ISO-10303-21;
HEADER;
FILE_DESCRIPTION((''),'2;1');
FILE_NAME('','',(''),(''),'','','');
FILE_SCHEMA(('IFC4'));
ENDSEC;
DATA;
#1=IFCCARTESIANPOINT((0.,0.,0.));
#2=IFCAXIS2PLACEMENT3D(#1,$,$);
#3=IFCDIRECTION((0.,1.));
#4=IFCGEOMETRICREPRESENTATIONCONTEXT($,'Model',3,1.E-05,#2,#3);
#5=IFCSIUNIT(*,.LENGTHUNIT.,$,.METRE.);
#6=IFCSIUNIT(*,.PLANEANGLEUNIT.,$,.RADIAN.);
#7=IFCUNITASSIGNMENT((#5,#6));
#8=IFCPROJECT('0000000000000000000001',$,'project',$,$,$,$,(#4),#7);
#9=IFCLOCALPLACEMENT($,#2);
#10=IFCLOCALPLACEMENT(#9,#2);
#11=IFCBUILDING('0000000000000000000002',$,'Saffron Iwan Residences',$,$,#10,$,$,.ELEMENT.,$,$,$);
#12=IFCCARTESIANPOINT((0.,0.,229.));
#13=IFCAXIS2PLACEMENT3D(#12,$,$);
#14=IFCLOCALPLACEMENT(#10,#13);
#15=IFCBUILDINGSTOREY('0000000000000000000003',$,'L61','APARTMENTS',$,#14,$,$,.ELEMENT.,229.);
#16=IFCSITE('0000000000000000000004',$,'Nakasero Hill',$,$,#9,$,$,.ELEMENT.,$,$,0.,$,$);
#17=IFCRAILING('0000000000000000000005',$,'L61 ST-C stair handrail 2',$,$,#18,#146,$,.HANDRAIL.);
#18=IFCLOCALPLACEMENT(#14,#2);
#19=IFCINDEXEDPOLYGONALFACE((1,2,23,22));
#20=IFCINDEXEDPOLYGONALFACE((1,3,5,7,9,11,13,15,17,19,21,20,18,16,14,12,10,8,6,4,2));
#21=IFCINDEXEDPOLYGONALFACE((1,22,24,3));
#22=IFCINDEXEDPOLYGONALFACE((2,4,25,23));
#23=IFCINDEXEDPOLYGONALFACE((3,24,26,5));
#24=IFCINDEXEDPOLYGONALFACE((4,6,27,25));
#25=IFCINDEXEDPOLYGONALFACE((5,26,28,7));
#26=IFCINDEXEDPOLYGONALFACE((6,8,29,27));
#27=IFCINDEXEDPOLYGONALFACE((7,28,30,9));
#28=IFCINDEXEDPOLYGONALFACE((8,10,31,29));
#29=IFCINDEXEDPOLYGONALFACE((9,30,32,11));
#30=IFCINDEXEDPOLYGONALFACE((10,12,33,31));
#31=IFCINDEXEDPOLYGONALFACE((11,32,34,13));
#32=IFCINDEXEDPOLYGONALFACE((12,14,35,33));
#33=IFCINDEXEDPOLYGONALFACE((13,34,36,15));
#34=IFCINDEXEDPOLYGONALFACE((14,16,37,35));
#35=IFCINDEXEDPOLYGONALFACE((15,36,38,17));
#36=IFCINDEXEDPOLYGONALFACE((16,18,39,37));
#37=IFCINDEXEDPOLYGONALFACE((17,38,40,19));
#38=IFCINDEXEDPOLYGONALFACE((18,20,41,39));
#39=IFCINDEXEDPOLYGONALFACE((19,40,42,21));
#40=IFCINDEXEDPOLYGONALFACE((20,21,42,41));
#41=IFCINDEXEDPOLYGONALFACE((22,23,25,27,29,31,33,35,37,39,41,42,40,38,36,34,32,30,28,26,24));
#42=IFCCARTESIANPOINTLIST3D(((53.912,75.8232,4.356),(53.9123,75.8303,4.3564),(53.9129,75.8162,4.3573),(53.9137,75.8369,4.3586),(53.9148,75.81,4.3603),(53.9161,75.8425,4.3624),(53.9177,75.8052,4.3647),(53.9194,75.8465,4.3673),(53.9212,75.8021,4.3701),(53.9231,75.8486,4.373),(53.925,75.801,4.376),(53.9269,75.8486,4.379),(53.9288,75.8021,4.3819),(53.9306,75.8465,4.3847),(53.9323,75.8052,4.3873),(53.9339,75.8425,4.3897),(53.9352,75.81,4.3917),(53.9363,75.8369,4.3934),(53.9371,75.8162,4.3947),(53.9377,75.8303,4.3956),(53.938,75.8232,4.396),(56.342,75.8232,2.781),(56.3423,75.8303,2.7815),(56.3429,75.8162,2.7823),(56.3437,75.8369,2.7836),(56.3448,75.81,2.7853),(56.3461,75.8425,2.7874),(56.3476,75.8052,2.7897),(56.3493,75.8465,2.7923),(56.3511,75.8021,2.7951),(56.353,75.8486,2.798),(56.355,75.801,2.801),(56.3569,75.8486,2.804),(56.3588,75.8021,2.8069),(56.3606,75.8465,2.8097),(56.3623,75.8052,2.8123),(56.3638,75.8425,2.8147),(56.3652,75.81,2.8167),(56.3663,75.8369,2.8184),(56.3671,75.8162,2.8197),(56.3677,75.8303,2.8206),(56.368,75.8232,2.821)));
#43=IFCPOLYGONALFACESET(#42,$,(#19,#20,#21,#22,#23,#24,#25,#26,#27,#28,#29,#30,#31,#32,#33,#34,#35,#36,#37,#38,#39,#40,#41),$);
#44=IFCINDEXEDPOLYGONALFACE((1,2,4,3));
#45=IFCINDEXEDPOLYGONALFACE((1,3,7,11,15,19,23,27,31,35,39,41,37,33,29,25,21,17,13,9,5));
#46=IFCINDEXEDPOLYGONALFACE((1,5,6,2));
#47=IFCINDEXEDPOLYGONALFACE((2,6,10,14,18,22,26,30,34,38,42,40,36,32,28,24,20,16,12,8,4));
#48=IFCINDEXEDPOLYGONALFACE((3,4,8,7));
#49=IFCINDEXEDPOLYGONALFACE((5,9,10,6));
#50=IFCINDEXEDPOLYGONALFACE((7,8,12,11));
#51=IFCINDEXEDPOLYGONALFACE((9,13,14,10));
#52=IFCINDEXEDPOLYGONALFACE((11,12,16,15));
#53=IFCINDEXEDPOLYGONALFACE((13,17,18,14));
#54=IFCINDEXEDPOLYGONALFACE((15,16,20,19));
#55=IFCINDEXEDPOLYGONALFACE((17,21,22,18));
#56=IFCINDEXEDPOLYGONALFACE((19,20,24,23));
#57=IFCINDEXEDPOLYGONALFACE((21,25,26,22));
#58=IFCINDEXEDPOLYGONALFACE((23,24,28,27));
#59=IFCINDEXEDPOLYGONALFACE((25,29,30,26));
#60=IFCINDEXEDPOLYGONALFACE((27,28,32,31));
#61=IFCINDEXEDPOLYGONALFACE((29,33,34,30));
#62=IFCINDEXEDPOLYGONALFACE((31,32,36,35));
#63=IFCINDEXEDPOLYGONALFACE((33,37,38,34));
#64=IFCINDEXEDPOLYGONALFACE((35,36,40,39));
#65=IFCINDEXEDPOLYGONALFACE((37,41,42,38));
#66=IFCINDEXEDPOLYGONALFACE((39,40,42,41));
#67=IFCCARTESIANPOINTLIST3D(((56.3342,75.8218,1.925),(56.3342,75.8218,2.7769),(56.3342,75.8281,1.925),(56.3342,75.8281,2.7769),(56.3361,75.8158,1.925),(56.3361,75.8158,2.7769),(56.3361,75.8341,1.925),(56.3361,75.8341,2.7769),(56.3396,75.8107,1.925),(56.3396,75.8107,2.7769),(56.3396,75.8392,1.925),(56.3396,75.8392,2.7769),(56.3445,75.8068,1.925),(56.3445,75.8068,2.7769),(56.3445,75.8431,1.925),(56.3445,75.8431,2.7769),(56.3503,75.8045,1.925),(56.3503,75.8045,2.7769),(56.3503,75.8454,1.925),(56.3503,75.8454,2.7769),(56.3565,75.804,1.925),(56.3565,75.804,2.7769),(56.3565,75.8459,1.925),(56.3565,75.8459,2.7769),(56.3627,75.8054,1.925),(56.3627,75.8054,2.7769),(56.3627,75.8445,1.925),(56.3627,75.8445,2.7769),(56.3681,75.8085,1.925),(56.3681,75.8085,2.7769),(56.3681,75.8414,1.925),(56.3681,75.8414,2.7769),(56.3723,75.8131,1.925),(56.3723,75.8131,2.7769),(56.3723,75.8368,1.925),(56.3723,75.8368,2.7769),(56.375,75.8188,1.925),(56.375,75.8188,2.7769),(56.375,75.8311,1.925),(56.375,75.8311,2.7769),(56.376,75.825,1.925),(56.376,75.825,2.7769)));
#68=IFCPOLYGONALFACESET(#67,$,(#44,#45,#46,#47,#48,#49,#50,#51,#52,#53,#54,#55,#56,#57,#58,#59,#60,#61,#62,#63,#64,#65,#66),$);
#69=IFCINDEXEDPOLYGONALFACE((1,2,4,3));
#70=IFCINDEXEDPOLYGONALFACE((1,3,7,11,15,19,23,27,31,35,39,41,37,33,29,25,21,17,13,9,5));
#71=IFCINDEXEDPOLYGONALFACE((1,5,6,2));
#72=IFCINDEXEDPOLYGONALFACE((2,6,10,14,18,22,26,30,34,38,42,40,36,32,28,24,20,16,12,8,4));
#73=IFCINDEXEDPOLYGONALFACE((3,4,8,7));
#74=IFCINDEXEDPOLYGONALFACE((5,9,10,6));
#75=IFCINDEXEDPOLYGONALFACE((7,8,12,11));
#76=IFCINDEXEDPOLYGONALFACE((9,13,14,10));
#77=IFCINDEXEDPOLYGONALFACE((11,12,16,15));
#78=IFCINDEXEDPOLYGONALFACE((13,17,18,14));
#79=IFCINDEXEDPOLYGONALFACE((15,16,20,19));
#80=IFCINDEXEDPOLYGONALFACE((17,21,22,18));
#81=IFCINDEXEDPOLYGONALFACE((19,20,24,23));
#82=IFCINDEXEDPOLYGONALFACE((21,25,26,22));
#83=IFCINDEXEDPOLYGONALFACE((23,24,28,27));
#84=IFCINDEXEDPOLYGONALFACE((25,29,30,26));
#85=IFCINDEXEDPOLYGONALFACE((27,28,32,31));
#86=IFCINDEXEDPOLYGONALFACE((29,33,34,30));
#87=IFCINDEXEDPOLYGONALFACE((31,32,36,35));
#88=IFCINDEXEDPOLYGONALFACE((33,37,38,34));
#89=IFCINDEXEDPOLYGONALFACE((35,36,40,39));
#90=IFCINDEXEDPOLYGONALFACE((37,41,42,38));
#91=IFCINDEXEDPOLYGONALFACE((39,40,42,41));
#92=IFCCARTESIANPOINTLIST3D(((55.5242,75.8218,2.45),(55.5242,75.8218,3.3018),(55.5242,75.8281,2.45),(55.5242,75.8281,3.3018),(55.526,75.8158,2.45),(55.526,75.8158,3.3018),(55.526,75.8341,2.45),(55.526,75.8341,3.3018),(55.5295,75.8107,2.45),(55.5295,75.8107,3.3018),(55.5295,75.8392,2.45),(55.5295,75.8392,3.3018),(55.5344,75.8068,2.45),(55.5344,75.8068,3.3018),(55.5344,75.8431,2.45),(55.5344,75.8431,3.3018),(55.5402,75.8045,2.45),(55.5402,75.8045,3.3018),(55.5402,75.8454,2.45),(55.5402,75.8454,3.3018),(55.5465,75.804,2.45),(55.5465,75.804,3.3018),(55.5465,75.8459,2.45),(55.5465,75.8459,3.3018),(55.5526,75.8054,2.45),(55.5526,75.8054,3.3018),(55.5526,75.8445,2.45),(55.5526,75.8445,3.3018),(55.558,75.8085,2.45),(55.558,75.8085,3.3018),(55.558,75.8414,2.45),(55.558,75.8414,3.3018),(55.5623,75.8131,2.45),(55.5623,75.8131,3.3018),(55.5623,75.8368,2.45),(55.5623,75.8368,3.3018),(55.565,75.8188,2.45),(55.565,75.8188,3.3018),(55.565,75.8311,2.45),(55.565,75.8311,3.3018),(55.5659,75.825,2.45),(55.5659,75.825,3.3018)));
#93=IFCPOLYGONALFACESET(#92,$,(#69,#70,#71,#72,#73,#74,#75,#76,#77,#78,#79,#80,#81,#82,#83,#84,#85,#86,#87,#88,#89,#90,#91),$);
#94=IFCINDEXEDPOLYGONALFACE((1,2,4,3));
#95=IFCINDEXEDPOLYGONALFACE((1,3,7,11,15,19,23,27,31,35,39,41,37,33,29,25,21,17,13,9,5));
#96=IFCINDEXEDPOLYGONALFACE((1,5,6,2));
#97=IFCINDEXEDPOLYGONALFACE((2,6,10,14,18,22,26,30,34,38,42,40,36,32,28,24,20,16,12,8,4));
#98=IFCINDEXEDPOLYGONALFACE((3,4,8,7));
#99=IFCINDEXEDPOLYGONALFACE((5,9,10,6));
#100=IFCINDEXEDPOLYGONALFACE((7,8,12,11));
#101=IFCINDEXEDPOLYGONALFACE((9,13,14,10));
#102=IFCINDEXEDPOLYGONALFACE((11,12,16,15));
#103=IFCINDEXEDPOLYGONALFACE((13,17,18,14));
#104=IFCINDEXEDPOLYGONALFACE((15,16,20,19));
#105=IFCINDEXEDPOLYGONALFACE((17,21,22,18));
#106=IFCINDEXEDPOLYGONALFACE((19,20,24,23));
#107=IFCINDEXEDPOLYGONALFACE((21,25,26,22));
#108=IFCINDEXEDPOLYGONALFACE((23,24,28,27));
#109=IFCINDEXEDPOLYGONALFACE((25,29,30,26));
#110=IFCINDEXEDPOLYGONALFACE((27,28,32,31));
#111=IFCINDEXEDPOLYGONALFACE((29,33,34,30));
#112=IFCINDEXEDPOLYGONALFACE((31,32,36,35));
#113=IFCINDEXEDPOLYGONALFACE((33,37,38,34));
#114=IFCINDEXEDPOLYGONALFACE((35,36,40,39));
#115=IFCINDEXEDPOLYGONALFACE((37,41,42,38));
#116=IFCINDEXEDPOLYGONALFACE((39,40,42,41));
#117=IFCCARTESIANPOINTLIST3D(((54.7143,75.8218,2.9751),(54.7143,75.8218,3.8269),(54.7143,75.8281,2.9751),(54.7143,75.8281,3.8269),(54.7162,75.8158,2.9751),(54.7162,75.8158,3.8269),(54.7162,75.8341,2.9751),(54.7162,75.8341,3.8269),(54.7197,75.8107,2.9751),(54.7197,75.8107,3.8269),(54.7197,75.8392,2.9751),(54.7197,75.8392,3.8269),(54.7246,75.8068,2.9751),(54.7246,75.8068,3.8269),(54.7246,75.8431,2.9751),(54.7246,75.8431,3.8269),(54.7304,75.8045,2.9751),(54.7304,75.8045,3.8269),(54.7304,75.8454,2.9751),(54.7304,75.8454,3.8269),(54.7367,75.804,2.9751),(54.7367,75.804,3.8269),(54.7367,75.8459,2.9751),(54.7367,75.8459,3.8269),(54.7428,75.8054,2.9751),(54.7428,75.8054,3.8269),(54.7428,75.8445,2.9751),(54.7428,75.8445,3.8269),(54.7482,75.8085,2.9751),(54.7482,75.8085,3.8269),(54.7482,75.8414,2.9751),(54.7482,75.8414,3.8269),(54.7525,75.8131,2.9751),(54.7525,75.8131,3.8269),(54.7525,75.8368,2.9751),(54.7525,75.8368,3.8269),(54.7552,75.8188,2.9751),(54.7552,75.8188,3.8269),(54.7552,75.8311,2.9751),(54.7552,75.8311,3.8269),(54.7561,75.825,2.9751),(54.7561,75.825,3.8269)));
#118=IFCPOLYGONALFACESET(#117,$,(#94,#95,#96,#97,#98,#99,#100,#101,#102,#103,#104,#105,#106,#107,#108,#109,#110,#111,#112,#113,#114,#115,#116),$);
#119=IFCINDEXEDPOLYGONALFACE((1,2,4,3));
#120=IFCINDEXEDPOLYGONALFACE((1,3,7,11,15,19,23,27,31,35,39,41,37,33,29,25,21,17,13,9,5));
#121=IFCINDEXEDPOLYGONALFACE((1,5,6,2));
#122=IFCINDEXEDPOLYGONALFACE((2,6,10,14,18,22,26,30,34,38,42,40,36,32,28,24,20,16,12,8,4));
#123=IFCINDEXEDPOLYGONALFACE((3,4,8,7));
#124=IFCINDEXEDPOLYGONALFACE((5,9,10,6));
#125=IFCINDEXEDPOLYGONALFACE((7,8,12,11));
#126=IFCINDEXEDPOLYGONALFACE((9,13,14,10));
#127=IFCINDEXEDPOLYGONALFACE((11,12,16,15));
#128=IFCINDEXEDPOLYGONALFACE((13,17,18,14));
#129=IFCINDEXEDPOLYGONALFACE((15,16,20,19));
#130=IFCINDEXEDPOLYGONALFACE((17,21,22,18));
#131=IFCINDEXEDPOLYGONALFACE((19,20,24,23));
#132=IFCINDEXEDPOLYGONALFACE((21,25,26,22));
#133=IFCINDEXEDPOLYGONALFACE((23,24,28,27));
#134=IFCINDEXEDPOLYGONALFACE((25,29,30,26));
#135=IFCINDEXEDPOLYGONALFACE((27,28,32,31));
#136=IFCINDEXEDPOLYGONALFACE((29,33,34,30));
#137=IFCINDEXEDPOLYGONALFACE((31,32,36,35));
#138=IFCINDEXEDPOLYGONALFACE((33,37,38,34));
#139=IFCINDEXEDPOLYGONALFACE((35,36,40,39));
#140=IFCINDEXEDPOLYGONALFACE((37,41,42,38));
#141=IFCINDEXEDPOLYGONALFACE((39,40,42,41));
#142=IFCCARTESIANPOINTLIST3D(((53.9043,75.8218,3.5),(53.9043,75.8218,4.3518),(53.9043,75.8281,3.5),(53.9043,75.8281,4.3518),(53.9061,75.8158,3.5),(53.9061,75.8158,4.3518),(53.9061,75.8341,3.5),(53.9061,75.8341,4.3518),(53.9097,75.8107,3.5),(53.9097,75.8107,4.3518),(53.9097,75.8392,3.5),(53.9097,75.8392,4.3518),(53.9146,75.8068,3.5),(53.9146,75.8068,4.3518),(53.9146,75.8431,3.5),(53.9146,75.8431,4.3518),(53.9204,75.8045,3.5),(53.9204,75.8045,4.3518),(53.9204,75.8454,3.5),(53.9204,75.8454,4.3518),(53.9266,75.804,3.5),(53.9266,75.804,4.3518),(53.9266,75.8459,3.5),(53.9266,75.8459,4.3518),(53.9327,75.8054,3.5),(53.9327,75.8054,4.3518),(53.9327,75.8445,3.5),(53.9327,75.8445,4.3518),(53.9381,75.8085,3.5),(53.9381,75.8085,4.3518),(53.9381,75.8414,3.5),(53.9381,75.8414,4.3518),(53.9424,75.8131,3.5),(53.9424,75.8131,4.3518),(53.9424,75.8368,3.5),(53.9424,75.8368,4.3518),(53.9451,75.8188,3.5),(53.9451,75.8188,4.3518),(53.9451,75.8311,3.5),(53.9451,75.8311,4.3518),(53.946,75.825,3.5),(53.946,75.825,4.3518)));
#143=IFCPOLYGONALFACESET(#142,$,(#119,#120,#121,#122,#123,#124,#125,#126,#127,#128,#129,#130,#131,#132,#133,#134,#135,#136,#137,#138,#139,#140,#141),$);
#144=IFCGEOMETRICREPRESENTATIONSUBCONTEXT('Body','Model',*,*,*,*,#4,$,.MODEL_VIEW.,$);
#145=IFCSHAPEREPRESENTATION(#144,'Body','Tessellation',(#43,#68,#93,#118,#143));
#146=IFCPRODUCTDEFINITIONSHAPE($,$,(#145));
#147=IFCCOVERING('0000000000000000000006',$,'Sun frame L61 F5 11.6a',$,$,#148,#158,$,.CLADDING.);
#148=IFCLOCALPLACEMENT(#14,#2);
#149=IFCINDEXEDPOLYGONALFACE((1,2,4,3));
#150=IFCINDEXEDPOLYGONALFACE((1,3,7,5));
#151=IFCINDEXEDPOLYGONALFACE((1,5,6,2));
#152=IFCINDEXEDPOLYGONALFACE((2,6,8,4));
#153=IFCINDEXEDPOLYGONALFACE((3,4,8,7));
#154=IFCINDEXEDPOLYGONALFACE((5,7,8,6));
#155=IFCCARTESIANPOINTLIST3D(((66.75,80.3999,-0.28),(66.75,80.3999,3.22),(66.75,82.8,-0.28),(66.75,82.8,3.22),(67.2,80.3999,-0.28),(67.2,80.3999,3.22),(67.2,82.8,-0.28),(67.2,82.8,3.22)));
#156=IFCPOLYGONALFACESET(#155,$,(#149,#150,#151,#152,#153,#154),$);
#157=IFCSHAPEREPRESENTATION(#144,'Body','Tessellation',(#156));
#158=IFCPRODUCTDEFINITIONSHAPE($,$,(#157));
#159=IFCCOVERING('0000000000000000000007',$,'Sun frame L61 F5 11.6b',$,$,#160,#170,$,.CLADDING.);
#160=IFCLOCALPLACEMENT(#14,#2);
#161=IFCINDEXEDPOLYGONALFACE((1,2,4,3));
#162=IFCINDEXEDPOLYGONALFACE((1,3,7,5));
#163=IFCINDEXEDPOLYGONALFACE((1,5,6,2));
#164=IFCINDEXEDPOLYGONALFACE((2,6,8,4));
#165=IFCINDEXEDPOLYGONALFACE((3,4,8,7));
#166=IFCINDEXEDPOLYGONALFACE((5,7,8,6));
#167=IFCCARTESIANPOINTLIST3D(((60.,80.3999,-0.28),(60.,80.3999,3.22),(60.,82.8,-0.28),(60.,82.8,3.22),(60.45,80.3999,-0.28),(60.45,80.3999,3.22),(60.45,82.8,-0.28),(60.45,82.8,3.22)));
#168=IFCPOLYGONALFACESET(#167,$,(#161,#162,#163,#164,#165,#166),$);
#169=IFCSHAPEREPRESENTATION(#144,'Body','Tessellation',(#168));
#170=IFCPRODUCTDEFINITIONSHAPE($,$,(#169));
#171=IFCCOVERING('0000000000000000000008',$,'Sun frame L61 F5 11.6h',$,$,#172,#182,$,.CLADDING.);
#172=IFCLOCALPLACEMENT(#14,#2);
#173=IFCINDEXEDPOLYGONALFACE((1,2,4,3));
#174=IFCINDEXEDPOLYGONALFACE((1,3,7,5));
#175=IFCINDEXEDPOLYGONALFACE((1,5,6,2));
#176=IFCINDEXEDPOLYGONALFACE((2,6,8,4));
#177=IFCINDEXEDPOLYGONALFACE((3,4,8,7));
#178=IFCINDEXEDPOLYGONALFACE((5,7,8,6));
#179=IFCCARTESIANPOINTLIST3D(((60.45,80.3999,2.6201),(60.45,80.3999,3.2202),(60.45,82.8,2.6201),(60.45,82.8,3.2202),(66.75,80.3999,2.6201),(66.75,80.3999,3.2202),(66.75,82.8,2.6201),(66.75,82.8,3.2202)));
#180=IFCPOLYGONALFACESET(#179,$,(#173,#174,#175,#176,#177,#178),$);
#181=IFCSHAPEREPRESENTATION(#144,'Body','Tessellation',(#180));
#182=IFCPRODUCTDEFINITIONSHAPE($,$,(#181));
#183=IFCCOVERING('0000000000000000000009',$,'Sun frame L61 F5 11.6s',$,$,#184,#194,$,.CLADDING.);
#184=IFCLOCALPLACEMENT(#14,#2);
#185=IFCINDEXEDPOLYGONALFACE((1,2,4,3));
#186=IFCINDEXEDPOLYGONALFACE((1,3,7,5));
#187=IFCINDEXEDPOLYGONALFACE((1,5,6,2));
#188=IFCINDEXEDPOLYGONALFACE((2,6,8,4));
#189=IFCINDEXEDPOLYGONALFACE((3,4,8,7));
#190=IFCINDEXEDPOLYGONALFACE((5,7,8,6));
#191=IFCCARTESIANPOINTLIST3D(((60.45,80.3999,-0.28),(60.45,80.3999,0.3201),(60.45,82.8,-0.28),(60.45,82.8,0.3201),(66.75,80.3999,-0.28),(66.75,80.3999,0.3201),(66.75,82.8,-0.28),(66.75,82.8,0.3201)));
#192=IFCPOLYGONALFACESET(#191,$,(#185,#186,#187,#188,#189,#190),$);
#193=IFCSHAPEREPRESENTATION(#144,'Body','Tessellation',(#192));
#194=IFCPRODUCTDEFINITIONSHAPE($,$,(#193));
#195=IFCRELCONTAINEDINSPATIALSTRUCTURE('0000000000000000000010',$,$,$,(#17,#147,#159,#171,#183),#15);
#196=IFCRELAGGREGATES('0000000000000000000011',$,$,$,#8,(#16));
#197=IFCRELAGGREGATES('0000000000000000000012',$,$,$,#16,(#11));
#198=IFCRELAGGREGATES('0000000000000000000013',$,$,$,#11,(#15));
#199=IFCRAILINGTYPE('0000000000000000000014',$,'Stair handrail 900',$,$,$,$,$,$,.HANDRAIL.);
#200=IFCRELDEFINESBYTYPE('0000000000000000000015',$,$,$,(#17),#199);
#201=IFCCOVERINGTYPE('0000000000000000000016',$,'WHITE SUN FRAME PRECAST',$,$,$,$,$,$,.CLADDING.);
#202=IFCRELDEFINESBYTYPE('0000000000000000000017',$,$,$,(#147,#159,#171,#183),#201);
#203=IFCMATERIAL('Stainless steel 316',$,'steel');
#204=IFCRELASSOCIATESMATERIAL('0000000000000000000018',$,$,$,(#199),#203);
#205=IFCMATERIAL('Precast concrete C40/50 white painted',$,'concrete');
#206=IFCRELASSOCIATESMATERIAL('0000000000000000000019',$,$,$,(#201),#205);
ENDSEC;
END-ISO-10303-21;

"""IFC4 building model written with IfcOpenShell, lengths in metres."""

from ifc_helpers import new_model, si_unit, direction, frame, origin, origin_2d, place, context, subcontext, project, spatial, polyline, circle, outline, extrude, material, type_object, element, save


model = new_model("IFC4")

# Units and contexts
model_context = context("Model", 3, precision=1e-05, world=origin(), true_north=direction((0.0, 1.0)))
body_context = subcontext(model_context, "Body", "Model", "MODEL_VIEW")
ifc_project = project(units=[si_unit("LENGTHUNIT", "METRE"), si_unit("PLANEANGLEUNIT", "RADIAN")], contexts=[model_context])

# Site, building, storey
site_placement = place(None, origin())
site = spatial("IfcSite", under=ifc_project, at=site_placement, Name="Nakasero Hill", CompositionType="ELEMENT", RefElevation=0.0)
building_placement = place(site_placement, origin())
building = spatial("IfcBuilding", under=site, at=building_placement, Name="Saffron Iwan Residences", CompositionType="ELEMENT")
storey_placement = place(building_placement, frame((0.0, 0.0, 229.0)))
storey = spatial("IfcBuildingStorey", under=building, at=storey_placement, Name="L61", Description="APARTMENTS", CompositionType="ELEMENT", Elevation=229.0)

# Railing
ifc_material_1 = material(Name="Stainless steel 316", Category="steel")
railing_type = type_object("IfcRailingType", Name="Stair handrail 900", PredefinedType="HANDRAIL", material=ifc_material_1)
railing_placement = place(storey_placement, frame((56.355, 75.825, 1.925)))
element("IfcRailing", 1, at=railing_placement, inside=storey, type_object=railing_type, Name="L61 ST-C stair handrail 2", PredefinedType="HANDRAIL", context=body_context, shape_type="SweptSolid", body=[
    extrude(circle(Radius=0.0239, at=origin_2d()), frame((0.0, 0.0, 0.876), z_axis=(-0.839154, 0.0, 0.543894), x_axis=(0.0, -1.0, 0.0)), (0.0, 0.0, 1.0), 2.8958),
    extrude(circle(Radius=0.021, at=origin_2d()), origin(), (0.0, 0.0, 1.0), 0.8518),
    extrude(circle(Radius=0.021, at=origin_2d()), frame((-0.8101, 0.0, 0.5249)), (0.0, 0.0, 1.0), 0.8518),
    extrude(circle(Radius=0.021, at=origin_2d()), frame((-1.6199, 0.0, 1.05)), (0.0, 0.0, 1.0), 0.8518),
    extrude(circle(Radius=0.021, at=origin_2d()), frame((-2.4299, 0.0, 1.575)), (0.0, 0.0, 1.0), 0.8518),
])

# Coverings
ifc_material_2 = material(Name="Precast concrete C40/50 white painted", Category="concrete")
covering_type_1 = type_object("IfcCoveringType", Name="WHITE SUN FRAME PRECAST", PredefinedType="CLADDING", material=ifc_material_2)
for number, where, z_axis, x_axis, name in (
    (2, (67.2, 80.3999, -0.28), (0.0, 1.0, 0.0), (-1.0, 0.0, 0.0), "Sun frame L61 F5 11.6a"),
    (3, (60.45, 80.3999, -0.28), (0.0, 1.0, 0.0), (-1.0, 0.0, 0.0), "Sun frame L61 F5 11.6b"),
):
    element("IfcCovering", number, at=place(storey_placement, frame(where, z_axis=z_axis, x_axis=x_axis)), inside=storey, type_object=covering_type_1, Name=name, PredefinedType="CLADDING", context=body_context, shape_type="SweptSolid", body=[
        extrude(outline(polyline([(0.0, 0.0), (0.45, 0.0), (0.45, 3.5), (0.0, 3.5), (0.0, 0.0)])), origin(), (0.0, 0.0, 1.0), 2.4001),
    ])
for number, where, z_axis, x_axis, name in (
    (4, (66.75, 80.3999, 2.6201), (0.0, 1.0, 0.0), (-1.0, 0.0, 0.0), "Sun frame L61 F5 11.6h"),
    (5, (66.75, 80.3999, -0.28), (0.0, 1.0, 0.0), (-1.0, 0.0, 0.0), "Sun frame L61 F5 11.6s"),
):
    element("IfcCovering", number, at=place(storey_placement, frame(where, z_axis=z_axis, x_axis=x_axis)), inside=storey, type_object=covering_type_1, Name=name, PredefinedType="CLADDING", context=body_context, shape_type="SweptSolid", body=[
        extrude(outline(polyline([(0.0, 0.0), (6.3, 0.0), (6.3, 0.6001), (0.0, 0.6001), (0.0, 0.0)])), origin(), (0.0, 0.0, 1.0), 2.4001),
    ])

save(model, "model.ifc")
